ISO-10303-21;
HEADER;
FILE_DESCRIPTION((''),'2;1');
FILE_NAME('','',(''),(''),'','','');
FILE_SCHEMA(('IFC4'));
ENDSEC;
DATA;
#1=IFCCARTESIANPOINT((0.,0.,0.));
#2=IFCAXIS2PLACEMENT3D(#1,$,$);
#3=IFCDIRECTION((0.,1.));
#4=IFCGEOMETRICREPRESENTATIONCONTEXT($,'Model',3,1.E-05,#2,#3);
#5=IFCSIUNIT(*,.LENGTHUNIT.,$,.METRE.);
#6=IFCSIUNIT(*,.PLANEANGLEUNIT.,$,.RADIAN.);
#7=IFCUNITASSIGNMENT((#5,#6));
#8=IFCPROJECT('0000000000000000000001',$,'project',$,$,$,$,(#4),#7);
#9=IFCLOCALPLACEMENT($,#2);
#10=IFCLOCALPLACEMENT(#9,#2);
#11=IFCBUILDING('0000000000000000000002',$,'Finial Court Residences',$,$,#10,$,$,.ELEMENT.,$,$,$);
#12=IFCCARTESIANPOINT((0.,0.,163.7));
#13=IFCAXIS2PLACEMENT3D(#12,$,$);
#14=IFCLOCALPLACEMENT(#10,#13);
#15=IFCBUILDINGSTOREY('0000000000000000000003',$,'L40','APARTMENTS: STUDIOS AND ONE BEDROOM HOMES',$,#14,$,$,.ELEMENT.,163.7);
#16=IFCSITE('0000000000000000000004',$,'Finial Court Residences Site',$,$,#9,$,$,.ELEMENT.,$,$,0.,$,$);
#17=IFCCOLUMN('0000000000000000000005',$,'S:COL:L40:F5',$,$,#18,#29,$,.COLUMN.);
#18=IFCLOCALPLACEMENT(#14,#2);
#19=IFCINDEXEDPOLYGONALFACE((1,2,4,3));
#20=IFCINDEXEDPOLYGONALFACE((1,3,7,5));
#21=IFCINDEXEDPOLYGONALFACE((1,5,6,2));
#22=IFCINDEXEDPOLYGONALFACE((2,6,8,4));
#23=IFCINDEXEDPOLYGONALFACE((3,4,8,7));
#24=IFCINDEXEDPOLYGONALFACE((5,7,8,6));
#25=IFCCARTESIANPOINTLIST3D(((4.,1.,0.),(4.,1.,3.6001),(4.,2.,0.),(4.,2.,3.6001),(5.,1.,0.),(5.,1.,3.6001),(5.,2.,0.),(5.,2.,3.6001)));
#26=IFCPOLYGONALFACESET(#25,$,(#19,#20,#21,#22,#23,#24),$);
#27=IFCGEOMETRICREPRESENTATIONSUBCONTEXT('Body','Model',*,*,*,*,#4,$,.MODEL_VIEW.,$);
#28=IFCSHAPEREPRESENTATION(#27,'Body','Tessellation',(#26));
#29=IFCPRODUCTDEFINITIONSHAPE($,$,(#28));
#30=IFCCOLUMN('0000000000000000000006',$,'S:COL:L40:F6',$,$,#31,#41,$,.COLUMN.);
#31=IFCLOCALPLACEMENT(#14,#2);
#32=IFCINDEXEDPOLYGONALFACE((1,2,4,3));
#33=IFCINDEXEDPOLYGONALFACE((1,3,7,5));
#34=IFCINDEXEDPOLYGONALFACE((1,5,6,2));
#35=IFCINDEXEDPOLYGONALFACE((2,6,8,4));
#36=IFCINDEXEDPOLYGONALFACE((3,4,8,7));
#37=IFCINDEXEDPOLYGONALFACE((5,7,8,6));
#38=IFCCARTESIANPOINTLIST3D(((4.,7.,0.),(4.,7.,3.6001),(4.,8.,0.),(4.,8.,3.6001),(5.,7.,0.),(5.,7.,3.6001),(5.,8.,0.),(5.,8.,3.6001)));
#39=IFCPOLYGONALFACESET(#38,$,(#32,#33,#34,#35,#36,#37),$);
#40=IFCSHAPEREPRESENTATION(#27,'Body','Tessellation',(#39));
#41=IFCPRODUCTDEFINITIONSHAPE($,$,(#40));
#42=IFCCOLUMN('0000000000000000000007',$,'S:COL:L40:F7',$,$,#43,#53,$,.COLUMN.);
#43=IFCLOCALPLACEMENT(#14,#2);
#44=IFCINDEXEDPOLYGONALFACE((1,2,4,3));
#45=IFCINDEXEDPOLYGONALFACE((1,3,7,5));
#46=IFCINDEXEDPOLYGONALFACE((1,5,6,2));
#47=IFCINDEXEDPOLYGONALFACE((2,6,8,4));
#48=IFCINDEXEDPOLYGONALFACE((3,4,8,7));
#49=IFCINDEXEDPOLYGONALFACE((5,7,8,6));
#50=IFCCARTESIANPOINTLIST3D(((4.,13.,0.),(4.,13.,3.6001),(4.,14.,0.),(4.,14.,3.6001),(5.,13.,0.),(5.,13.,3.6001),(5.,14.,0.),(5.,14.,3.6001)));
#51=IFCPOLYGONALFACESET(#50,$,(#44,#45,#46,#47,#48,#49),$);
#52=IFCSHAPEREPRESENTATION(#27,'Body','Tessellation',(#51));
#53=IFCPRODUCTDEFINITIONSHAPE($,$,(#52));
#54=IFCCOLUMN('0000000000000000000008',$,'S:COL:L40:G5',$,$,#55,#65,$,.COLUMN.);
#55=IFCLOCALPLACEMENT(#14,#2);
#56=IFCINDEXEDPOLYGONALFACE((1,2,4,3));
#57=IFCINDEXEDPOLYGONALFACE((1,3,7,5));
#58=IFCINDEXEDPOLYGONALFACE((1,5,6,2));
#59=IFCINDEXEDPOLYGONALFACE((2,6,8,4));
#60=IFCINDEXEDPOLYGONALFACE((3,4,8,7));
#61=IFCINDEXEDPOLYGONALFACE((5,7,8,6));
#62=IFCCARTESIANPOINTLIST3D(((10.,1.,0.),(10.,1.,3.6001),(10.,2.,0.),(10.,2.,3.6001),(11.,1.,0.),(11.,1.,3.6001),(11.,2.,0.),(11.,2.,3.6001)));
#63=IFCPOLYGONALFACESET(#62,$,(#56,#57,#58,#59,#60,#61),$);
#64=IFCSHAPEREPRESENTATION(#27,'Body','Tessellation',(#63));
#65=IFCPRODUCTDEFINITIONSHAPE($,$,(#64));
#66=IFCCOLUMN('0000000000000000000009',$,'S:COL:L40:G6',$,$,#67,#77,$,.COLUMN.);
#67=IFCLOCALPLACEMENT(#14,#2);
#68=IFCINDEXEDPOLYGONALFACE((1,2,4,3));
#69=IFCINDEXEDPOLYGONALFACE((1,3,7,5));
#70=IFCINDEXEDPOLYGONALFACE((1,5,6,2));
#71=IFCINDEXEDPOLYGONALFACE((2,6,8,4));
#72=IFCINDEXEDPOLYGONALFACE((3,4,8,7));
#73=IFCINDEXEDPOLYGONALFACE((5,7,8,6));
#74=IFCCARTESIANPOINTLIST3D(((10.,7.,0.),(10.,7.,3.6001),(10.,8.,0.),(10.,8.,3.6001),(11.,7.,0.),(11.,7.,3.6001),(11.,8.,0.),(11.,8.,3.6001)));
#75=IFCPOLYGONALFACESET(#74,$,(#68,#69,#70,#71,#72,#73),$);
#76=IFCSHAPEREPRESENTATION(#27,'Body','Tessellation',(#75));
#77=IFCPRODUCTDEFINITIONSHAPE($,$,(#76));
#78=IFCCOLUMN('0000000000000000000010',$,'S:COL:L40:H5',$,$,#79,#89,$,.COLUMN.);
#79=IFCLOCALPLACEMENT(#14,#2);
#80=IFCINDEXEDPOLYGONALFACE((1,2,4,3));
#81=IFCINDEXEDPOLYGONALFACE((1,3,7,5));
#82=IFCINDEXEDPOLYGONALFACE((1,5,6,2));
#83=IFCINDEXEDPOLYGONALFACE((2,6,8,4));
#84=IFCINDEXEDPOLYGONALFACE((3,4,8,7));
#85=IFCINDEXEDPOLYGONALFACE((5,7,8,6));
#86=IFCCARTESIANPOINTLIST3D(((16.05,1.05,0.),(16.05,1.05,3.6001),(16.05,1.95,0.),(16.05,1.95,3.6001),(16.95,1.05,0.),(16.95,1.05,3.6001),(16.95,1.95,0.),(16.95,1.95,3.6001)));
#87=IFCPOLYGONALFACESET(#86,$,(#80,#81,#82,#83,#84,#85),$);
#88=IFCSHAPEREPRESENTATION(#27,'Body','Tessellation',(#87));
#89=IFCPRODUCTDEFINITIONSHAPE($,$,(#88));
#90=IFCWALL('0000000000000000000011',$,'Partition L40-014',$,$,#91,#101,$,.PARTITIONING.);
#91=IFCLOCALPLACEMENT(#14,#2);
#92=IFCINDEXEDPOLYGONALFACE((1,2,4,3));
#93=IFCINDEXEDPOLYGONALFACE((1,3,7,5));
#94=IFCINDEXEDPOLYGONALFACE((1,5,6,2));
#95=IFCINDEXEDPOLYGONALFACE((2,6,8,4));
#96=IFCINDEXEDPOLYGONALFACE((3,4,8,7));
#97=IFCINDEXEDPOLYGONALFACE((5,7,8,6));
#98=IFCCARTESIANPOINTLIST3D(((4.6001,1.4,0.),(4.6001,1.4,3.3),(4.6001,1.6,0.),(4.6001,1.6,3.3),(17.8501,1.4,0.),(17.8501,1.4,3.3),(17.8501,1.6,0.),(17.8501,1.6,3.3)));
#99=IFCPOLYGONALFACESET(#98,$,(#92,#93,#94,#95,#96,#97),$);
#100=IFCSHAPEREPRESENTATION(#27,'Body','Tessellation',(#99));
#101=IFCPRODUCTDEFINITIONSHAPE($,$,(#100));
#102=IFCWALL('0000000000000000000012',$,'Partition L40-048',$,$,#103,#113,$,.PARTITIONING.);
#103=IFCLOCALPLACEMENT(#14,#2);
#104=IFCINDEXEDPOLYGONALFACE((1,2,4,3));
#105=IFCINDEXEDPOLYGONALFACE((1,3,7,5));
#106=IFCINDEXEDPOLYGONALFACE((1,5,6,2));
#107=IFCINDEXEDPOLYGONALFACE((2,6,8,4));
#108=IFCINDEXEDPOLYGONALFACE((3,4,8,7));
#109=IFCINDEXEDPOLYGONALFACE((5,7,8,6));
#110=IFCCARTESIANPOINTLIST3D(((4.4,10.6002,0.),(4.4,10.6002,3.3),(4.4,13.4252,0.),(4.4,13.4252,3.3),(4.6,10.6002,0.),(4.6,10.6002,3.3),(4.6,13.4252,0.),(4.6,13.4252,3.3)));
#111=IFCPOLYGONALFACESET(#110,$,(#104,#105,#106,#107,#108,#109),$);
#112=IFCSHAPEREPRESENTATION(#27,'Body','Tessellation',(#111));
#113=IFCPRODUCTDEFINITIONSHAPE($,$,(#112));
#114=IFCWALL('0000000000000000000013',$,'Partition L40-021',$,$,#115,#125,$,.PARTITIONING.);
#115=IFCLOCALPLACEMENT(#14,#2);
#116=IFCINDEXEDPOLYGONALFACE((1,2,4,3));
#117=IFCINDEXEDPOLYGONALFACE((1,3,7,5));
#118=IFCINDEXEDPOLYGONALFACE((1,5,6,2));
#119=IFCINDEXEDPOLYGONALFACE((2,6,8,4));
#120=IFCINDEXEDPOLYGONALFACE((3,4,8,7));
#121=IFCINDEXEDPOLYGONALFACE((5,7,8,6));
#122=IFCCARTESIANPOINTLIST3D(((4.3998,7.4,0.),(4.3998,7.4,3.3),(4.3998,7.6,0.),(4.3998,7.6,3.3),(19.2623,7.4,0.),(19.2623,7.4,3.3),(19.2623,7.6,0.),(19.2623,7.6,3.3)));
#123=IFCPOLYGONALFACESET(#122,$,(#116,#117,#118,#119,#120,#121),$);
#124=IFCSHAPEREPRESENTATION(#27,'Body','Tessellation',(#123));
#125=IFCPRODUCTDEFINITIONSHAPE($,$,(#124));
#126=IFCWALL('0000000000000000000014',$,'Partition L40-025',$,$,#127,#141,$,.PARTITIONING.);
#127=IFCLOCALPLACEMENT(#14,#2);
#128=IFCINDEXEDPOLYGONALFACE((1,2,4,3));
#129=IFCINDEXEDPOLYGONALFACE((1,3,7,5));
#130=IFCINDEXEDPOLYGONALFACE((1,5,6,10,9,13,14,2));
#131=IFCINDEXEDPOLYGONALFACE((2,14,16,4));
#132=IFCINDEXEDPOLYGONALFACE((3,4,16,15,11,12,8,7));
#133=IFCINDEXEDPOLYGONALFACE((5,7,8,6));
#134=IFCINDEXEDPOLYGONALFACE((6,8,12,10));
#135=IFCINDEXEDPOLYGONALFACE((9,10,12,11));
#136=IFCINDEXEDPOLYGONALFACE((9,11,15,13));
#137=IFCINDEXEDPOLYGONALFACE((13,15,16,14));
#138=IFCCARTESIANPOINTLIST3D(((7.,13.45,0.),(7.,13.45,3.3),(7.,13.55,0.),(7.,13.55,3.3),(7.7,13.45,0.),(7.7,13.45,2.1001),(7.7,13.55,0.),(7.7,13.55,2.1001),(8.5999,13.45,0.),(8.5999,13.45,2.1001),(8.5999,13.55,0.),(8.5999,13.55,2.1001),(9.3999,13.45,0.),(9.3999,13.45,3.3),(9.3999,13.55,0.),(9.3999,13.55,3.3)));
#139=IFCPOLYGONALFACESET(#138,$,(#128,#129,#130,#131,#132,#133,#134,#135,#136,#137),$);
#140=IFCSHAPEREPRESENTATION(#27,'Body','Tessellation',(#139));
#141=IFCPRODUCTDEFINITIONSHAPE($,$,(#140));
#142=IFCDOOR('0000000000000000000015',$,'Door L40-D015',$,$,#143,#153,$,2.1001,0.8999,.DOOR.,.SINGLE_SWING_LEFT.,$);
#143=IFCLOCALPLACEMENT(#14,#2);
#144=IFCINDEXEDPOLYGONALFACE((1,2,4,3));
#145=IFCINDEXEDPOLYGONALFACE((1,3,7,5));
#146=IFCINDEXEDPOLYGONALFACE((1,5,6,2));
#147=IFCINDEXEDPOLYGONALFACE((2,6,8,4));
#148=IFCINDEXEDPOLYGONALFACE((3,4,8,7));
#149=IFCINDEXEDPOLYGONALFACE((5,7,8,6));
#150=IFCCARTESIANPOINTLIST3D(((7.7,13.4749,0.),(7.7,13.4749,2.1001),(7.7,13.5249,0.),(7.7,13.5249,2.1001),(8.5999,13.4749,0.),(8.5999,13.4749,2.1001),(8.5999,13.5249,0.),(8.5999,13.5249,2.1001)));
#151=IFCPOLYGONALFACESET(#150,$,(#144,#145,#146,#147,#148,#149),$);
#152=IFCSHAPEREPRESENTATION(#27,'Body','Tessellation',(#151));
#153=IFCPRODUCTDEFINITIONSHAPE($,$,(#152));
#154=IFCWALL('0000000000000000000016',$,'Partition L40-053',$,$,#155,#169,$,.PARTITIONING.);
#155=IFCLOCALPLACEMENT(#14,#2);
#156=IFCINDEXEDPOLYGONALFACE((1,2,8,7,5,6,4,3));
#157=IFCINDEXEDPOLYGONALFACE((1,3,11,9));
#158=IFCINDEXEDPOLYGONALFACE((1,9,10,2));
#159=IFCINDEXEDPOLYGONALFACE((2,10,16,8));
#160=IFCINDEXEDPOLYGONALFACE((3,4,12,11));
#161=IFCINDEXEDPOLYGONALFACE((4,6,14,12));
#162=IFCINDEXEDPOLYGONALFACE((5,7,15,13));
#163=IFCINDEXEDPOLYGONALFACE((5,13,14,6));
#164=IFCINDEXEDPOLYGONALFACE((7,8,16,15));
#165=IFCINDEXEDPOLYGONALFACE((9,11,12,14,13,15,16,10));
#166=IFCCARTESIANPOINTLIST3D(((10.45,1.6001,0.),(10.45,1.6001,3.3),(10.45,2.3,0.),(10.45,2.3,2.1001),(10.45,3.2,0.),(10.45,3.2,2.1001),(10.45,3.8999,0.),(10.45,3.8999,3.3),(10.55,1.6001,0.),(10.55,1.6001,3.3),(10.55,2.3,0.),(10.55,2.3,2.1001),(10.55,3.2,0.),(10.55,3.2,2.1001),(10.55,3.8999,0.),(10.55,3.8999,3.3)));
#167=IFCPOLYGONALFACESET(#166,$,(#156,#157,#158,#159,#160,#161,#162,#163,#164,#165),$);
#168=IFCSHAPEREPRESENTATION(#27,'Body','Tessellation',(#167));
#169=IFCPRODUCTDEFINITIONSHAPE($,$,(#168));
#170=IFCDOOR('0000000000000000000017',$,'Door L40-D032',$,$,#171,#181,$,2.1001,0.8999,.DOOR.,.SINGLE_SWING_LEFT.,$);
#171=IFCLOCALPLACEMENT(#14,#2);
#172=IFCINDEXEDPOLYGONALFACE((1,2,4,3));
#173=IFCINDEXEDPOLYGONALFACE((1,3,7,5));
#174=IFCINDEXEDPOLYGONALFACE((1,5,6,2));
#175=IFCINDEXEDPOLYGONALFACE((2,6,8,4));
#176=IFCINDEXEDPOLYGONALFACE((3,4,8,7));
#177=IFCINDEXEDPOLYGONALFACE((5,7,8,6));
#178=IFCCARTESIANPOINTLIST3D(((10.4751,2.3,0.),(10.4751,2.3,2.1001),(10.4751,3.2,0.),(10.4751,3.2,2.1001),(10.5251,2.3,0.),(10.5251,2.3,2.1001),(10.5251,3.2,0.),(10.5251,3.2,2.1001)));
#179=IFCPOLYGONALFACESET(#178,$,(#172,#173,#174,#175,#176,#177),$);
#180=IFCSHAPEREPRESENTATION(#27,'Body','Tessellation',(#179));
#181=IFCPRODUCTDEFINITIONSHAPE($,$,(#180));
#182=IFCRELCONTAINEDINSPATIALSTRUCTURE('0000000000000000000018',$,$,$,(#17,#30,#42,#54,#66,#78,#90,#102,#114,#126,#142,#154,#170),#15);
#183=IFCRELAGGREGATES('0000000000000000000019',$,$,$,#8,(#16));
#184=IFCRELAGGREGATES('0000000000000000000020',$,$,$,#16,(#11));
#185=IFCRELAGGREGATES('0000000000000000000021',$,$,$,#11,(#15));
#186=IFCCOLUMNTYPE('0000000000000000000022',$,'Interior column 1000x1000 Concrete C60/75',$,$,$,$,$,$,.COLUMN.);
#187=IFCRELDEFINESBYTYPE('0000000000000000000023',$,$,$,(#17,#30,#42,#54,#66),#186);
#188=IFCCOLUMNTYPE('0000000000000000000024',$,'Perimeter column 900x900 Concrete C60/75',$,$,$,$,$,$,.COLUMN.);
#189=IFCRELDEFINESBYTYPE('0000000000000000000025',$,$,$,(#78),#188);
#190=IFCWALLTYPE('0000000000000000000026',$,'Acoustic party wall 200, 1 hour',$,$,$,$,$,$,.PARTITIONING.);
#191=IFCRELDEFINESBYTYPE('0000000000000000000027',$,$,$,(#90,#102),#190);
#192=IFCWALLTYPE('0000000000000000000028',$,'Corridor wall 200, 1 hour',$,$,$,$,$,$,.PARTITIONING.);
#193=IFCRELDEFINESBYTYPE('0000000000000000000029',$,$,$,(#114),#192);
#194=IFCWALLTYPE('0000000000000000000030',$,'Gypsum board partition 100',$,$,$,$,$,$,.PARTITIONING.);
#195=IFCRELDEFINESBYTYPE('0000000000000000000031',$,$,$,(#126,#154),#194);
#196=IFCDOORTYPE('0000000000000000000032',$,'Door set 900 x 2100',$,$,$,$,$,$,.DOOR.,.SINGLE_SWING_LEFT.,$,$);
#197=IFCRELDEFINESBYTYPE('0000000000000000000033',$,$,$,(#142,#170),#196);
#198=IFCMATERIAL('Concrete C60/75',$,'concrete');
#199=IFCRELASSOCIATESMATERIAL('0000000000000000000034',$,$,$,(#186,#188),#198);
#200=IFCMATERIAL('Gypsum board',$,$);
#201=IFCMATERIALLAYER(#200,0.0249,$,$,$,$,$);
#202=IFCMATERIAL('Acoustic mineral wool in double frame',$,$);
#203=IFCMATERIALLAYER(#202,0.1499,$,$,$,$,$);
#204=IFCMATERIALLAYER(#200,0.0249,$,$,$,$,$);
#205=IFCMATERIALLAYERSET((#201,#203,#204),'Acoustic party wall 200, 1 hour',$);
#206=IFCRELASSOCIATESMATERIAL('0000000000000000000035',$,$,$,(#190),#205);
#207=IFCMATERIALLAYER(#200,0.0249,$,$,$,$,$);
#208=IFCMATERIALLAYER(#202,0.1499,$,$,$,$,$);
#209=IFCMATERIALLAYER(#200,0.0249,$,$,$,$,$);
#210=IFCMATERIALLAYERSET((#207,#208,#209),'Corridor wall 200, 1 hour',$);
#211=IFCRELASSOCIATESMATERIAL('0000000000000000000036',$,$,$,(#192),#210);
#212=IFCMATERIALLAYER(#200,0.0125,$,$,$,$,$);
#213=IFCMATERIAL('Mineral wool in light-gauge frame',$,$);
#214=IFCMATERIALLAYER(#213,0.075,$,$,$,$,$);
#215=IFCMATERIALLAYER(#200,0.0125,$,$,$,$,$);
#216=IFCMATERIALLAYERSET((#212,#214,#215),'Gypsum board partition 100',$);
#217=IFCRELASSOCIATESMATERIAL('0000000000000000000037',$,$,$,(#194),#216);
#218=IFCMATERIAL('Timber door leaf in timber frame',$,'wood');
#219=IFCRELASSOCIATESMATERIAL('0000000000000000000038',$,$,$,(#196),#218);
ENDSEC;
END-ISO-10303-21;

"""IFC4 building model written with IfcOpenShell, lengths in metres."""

from ifc_helpers import new_model, si_unit, direction, frame, frame_2d, origin, origin_2d, place, context, subcontext, project, spatial, rectangle, extrude, material, layer, layer_set, material_profile, profile_set, type_object, element, fill, save


model = new_model("IFC4")

# Units and contexts
model_context = context("Model", 3, precision=1e-05, world=origin(), true_north=direction((0.0, 1.0)))
body_context = subcontext(model_context, "Body", "Model", "MODEL_VIEW")
ifc_project = project(units=[si_unit("LENGTHUNIT", "METRE"), si_unit("PLANEANGLEUNIT", "RADIAN")], contexts=[model_context])

# Site, building, storey
site_placement = place(None, origin())
site = spatial("IfcSite", under=ifc_project, at=site_placement, Name="Finial Court Residences Site", CompositionType="ELEMENT", RefElevation=0.0)
building_placement = place(site_placement, origin())
building = spatial("IfcBuilding", under=site, at=building_placement, Name="Finial Court Residences", CompositionType="ELEMENT")
storey_placement = place(building_placement, frame((0.0, 0.0, 163.7)))
storey = spatial("IfcBuildingStorey", under=building, at=storey_placement, Name="L40", Description="APARTMENTS: STUDIOS AND ONE BEDROOM HOMES", CompositionType="ELEMENT", Elevation=163.7)

# Columns
ifc_material_1 = material(Name="Concrete C60/75", Category="concrete")
ifc_material_profile_1 = material_profile(ifc_material_1, rectangle(XDim=1.0, YDim=1.0, at=origin_2d()), Name="1000x1000")
ifc_profile_set_1 = profile_set([ifc_material_profile_1], Name="Concrete C60/75")
column_type_1 = type_object("IfcColumnType", Name="Interior column 1000x1000 Concrete C60/75", PredefinedType="COLUMN", material=ifc_profile_set_1)
for number, where, z_axis, x_axis, name in (
    (1, (4.5, 1.5, 0.0), (0.0, 0.0, 1.0), (1.0, 0.0, 0.0), "S:COL:L40:F5"),
    (2, (4.5, 7.5, 0.0), (0.0, 0.0, 1.0), (1.0, 0.0, 0.0), "S:COL:L40:F6"),
    (3, (4.5, 13.5, 0.0), (0.0, 0.0, 1.0), (1.0, 0.0, 0.0), "S:COL:L40:F7"),
    (4, (10.5, 1.5, 0.0), (0.0, 0.0, 1.0), (1.0, 0.0, 0.0), "S:COL:L40:G5"),
    (5, (10.5, 7.5, 0.0), (0.0, 0.0, 1.0), (1.0, 0.0, 0.0), "S:COL:L40:G6"),
):
    element("IfcColumn", number, at=place(storey_placement, frame(where, z_axis=z_axis, x_axis=x_axis)), inside=storey, type_object=column_type_1, Name=name, PredefinedType="COLUMN", context=body_context, shape_type="SweptSolid", body=[
        extrude(rectangle(XDim=1.0, YDim=1.0, at=origin_2d()), origin(), (0.0, 0.0, 1.0), 3.6001),
    ])
ifc_material_profile_2 = material_profile(ifc_material_1, rectangle(XDim=0.8999, YDim=0.8999, at=origin_2d()), Name="900x900")
ifc_profile_set_2 = profile_set([ifc_material_profile_2], Name="Concrete C60/75")
column_type_2 = type_object("IfcColumnType", Name="Perimeter column 900x900 Concrete C60/75", PredefinedType="COLUMN", material=ifc_profile_set_2)
column_placement = place(storey_placement, frame((16.5, 1.5, 0.0), z_axis=(0.0, 0.0, 1.0), x_axis=(1.0, 0.0, 0.0)))
element("IfcColumn", 6, at=column_placement, inside=storey, type_object=column_type_2, Name="S:COL:L40:H5", PredefinedType="COLUMN", context=body_context, shape_type="SweptSolid", body=[
    extrude(rectangle(XDim=0.8999, YDim=0.8999, at=origin_2d()), origin(), (0.0, 0.0, 1.0), 3.6001),
])

# Walls
ifc_material_2 = material(Name="Gypsum board")
ifc_layer_1 = layer(ifc_material_2, 0.0249)
ifc_material_3 = material(Name="Acoustic mineral wool in double frame")
ifc_layer_2 = layer(ifc_material_3, 0.1499)
ifc_layer_3 = layer(ifc_material_2, 0.0249)
ifc_layer_set_1 = layer_set([ifc_layer_1, ifc_layer_2, ifc_layer_3], Name="Acoustic party wall 200, 1 hour")
wall_type_1 = type_object("IfcWallType", Name="Acoustic party wall 200, 1 hour", PredefinedType="PARTITIONING", material=ifc_layer_set_1)
wall_1_placement = place(storey_placement, frame((4.6001, 1.5, 0.0), z_axis=(0.0, 0.0, 1.0), x_axis=(1.0, 0.0, 0.0)))
element("IfcWall", 7, at=wall_1_placement, inside=storey, type_object=wall_type_1, Name="Partition L40-014", PredefinedType="PARTITIONING", context=body_context, shape_type="SweptSolid", body=[
    extrude(rectangle(XDim=13.25, YDim=0.2, at=frame_2d((6.625, 0.0))), origin(), (0.0, 0.0, 1.0), 3.3),
])
wall_2_placement = place(storey_placement, frame((4.5, 10.6001, 0.0), z_axis=(0.0, 0.0, 1.0), x_axis=(0.0, 1.0, 0.0)))
element("IfcWall", 8, at=wall_2_placement, inside=storey, type_object=wall_type_1, Name="Partition L40-048", PredefinedType="PARTITIONING", context=body_context, shape_type="SweptSolid", body=[
    extrude(rectangle(XDim=2.825, YDim=0.2, at=frame_2d((1.4126, 0.0))), origin(), (0.0, 0.0, 1.0), 3.3),
])
ifc_layer_4 = layer(ifc_material_2, 0.0249)
ifc_layer_5 = layer(ifc_material_3, 0.1499)
ifc_layer_6 = layer(ifc_material_2, 0.0249)
ifc_layer_set_2 = layer_set([ifc_layer_4, ifc_layer_5, ifc_layer_6], Name="Corridor wall 200, 1 hour")
wall_type_2 = type_object("IfcWallType", Name="Corridor wall 200, 1 hour", PredefinedType="PARTITIONING", material=ifc_layer_set_2)
wall_3_placement = place(storey_placement, frame((4.3999, 7.5, 0.0), z_axis=(0.0, 0.0, 1.0), x_axis=(1.0, 0.0, 0.0)))
element("IfcWall", 9, at=wall_3_placement, inside=storey, type_object=wall_type_2, Name="Partition L40-021", PredefinedType="PARTITIONING", context=body_context, shape_type="SweptSolid", body=[
    extrude(rectangle(XDim=14.8625, YDim=0.2, at=frame_2d((7.4312, 0.0))), origin(), (0.0, 0.0, 1.0), 3.3),
])

# Walls, openings, doors
ifc_layer_7 = layer(ifc_material_2, 0.0125)
ifc_material_4 = material(Name="Mineral wool in light-gauge frame")
ifc_layer_8 = layer(ifc_material_4, 0.075)
ifc_layer_9 = layer(ifc_material_2, 0.0125)
ifc_layer_set_3 = layer_set([ifc_layer_7, ifc_layer_8, ifc_layer_9], Name="Gypsum board partition 100")
wall_type_3 = type_object("IfcWallType", Name="Gypsum board partition 100", PredefinedType="PARTITIONING", material=ifc_layer_set_3)
wall_4_placement = place(storey_placement, frame((7.0, 13.5, 0.0), z_axis=(0.0, 0.0, 1.0), x_axis=(1.0, 0.0, 0.0)))
wall_4 = element("IfcWall", 10, at=wall_4_placement, inside=storey, type_object=wall_type_3, Name="Partition L40-025", PredefinedType="PARTITIONING", context=body_context, shape_type="SweptSolid", body=[
    extrude(rectangle(XDim=2.3999, YDim=0.1001, at=frame_2d((1.2, 0.0))), origin(), (0.0, 0.0, 1.0), 3.3),
])
opening_1_placement = place(wall_4_placement, frame((0.7, 0.0, 0.0)))
opening_1 = element("IfcOpeningElement", 11, at=opening_1_placement, cuts=wall_4, PredefinedType="OPENING", context=body_context, shape_type="SweptSolid", body=[
    extrude(rectangle(XDim=0.8999, YDim=2.1001, at=frame_2d((0.45, 1.05))), frame((0.0, 0.0601, 0.0), z_axis=(0.0, -1.0, 0.0), x_axis=(1.0, 0.0, 0.0)), (0.0, 0.0, 1.0), 0.1201),
])
ifc_material_5 = material(Name="Timber door leaf in timber frame", Category="wood")
door_type = type_object("IfcDoorType", Name="Door set 900 x 2100", OperationType="SINGLE_SWING_LEFT", PredefinedType="DOOR", material=ifc_material_5)
door_1_placement = place(opening_1_placement, origin())
door_1 = element("IfcDoor", 12, at=door_1_placement, inside=storey, type_object=door_type, Name="Door L40-D015", OperationType="SINGLE_SWING_LEFT", OverallHeight=2.1001, OverallWidth=0.8999, PredefinedType="DOOR", context=body_context, shape_type="SweptSolid", body=[
    extrude(rectangle(XDim=0.8999, YDim=2.1001, at=frame_2d((0.45, 1.05))), frame((0.0, 0.0249, 0.0), z_axis=(0.0, -1.0, 0.0), x_axis=(1.0, 0.0, 0.0)), (0.0, 0.0, 1.0), 0.05),
])
fill(opening_1, door_1)
wall_5_placement = place(storey_placement, frame((10.5, 1.6001, 0.0), z_axis=(0.0, 0.0, 1.0), x_axis=(0.0, 1.0, 0.0)))
wall_5 = element("IfcWall", 13, at=wall_5_placement, inside=storey, type_object=wall_type_3, Name="Partition L40-053", PredefinedType="PARTITIONING", context=body_context, shape_type="SweptSolid", body=[
    extrude(rectangle(XDim=2.2998, YDim=0.1001, at=frame_2d((1.1499, 0.0))), origin(), (0.0, 0.0, 1.0), 3.3),
])
opening_2_placement = place(wall_5_placement, frame((0.7, 0.0, 0.0)))
opening_2 = element("IfcOpeningElement", 14, at=opening_2_placement, cuts=wall_5, PredefinedType="OPENING", context=body_context, shape_type="SweptSolid", body=[
    extrude(rectangle(XDim=0.8999, YDim=2.1001, at=frame_2d((0.45, 1.05))), frame((0.0, 0.0601, 0.0), z_axis=(0.0, -1.0, 0.0), x_axis=(1.0, 0.0, 0.0)), (0.0, 0.0, 1.0), 0.1201),
])
door_2_placement = place(opening_2_placement, origin())
door_2 = element("IfcDoor", 15, at=door_2_placement, inside=storey, type_object=door_type, Name="Door L40-D032", OperationType="SINGLE_SWING_LEFT", OverallHeight=2.1001, OverallWidth=0.8999, PredefinedType="DOOR", context=body_context, shape_type="SweptSolid", body=[
    extrude(rectangle(XDim=0.8999, YDim=2.1001, at=frame_2d((0.45, 1.05))), frame((0.0, 0.0249, 0.0), z_axis=(0.0, -1.0, 0.0), x_axis=(1.0, 0.0, 0.0)), (0.0, 0.0, 1.0), 0.05),
])
fill(opening_2, door_2)

save(model, "model.ifc")
